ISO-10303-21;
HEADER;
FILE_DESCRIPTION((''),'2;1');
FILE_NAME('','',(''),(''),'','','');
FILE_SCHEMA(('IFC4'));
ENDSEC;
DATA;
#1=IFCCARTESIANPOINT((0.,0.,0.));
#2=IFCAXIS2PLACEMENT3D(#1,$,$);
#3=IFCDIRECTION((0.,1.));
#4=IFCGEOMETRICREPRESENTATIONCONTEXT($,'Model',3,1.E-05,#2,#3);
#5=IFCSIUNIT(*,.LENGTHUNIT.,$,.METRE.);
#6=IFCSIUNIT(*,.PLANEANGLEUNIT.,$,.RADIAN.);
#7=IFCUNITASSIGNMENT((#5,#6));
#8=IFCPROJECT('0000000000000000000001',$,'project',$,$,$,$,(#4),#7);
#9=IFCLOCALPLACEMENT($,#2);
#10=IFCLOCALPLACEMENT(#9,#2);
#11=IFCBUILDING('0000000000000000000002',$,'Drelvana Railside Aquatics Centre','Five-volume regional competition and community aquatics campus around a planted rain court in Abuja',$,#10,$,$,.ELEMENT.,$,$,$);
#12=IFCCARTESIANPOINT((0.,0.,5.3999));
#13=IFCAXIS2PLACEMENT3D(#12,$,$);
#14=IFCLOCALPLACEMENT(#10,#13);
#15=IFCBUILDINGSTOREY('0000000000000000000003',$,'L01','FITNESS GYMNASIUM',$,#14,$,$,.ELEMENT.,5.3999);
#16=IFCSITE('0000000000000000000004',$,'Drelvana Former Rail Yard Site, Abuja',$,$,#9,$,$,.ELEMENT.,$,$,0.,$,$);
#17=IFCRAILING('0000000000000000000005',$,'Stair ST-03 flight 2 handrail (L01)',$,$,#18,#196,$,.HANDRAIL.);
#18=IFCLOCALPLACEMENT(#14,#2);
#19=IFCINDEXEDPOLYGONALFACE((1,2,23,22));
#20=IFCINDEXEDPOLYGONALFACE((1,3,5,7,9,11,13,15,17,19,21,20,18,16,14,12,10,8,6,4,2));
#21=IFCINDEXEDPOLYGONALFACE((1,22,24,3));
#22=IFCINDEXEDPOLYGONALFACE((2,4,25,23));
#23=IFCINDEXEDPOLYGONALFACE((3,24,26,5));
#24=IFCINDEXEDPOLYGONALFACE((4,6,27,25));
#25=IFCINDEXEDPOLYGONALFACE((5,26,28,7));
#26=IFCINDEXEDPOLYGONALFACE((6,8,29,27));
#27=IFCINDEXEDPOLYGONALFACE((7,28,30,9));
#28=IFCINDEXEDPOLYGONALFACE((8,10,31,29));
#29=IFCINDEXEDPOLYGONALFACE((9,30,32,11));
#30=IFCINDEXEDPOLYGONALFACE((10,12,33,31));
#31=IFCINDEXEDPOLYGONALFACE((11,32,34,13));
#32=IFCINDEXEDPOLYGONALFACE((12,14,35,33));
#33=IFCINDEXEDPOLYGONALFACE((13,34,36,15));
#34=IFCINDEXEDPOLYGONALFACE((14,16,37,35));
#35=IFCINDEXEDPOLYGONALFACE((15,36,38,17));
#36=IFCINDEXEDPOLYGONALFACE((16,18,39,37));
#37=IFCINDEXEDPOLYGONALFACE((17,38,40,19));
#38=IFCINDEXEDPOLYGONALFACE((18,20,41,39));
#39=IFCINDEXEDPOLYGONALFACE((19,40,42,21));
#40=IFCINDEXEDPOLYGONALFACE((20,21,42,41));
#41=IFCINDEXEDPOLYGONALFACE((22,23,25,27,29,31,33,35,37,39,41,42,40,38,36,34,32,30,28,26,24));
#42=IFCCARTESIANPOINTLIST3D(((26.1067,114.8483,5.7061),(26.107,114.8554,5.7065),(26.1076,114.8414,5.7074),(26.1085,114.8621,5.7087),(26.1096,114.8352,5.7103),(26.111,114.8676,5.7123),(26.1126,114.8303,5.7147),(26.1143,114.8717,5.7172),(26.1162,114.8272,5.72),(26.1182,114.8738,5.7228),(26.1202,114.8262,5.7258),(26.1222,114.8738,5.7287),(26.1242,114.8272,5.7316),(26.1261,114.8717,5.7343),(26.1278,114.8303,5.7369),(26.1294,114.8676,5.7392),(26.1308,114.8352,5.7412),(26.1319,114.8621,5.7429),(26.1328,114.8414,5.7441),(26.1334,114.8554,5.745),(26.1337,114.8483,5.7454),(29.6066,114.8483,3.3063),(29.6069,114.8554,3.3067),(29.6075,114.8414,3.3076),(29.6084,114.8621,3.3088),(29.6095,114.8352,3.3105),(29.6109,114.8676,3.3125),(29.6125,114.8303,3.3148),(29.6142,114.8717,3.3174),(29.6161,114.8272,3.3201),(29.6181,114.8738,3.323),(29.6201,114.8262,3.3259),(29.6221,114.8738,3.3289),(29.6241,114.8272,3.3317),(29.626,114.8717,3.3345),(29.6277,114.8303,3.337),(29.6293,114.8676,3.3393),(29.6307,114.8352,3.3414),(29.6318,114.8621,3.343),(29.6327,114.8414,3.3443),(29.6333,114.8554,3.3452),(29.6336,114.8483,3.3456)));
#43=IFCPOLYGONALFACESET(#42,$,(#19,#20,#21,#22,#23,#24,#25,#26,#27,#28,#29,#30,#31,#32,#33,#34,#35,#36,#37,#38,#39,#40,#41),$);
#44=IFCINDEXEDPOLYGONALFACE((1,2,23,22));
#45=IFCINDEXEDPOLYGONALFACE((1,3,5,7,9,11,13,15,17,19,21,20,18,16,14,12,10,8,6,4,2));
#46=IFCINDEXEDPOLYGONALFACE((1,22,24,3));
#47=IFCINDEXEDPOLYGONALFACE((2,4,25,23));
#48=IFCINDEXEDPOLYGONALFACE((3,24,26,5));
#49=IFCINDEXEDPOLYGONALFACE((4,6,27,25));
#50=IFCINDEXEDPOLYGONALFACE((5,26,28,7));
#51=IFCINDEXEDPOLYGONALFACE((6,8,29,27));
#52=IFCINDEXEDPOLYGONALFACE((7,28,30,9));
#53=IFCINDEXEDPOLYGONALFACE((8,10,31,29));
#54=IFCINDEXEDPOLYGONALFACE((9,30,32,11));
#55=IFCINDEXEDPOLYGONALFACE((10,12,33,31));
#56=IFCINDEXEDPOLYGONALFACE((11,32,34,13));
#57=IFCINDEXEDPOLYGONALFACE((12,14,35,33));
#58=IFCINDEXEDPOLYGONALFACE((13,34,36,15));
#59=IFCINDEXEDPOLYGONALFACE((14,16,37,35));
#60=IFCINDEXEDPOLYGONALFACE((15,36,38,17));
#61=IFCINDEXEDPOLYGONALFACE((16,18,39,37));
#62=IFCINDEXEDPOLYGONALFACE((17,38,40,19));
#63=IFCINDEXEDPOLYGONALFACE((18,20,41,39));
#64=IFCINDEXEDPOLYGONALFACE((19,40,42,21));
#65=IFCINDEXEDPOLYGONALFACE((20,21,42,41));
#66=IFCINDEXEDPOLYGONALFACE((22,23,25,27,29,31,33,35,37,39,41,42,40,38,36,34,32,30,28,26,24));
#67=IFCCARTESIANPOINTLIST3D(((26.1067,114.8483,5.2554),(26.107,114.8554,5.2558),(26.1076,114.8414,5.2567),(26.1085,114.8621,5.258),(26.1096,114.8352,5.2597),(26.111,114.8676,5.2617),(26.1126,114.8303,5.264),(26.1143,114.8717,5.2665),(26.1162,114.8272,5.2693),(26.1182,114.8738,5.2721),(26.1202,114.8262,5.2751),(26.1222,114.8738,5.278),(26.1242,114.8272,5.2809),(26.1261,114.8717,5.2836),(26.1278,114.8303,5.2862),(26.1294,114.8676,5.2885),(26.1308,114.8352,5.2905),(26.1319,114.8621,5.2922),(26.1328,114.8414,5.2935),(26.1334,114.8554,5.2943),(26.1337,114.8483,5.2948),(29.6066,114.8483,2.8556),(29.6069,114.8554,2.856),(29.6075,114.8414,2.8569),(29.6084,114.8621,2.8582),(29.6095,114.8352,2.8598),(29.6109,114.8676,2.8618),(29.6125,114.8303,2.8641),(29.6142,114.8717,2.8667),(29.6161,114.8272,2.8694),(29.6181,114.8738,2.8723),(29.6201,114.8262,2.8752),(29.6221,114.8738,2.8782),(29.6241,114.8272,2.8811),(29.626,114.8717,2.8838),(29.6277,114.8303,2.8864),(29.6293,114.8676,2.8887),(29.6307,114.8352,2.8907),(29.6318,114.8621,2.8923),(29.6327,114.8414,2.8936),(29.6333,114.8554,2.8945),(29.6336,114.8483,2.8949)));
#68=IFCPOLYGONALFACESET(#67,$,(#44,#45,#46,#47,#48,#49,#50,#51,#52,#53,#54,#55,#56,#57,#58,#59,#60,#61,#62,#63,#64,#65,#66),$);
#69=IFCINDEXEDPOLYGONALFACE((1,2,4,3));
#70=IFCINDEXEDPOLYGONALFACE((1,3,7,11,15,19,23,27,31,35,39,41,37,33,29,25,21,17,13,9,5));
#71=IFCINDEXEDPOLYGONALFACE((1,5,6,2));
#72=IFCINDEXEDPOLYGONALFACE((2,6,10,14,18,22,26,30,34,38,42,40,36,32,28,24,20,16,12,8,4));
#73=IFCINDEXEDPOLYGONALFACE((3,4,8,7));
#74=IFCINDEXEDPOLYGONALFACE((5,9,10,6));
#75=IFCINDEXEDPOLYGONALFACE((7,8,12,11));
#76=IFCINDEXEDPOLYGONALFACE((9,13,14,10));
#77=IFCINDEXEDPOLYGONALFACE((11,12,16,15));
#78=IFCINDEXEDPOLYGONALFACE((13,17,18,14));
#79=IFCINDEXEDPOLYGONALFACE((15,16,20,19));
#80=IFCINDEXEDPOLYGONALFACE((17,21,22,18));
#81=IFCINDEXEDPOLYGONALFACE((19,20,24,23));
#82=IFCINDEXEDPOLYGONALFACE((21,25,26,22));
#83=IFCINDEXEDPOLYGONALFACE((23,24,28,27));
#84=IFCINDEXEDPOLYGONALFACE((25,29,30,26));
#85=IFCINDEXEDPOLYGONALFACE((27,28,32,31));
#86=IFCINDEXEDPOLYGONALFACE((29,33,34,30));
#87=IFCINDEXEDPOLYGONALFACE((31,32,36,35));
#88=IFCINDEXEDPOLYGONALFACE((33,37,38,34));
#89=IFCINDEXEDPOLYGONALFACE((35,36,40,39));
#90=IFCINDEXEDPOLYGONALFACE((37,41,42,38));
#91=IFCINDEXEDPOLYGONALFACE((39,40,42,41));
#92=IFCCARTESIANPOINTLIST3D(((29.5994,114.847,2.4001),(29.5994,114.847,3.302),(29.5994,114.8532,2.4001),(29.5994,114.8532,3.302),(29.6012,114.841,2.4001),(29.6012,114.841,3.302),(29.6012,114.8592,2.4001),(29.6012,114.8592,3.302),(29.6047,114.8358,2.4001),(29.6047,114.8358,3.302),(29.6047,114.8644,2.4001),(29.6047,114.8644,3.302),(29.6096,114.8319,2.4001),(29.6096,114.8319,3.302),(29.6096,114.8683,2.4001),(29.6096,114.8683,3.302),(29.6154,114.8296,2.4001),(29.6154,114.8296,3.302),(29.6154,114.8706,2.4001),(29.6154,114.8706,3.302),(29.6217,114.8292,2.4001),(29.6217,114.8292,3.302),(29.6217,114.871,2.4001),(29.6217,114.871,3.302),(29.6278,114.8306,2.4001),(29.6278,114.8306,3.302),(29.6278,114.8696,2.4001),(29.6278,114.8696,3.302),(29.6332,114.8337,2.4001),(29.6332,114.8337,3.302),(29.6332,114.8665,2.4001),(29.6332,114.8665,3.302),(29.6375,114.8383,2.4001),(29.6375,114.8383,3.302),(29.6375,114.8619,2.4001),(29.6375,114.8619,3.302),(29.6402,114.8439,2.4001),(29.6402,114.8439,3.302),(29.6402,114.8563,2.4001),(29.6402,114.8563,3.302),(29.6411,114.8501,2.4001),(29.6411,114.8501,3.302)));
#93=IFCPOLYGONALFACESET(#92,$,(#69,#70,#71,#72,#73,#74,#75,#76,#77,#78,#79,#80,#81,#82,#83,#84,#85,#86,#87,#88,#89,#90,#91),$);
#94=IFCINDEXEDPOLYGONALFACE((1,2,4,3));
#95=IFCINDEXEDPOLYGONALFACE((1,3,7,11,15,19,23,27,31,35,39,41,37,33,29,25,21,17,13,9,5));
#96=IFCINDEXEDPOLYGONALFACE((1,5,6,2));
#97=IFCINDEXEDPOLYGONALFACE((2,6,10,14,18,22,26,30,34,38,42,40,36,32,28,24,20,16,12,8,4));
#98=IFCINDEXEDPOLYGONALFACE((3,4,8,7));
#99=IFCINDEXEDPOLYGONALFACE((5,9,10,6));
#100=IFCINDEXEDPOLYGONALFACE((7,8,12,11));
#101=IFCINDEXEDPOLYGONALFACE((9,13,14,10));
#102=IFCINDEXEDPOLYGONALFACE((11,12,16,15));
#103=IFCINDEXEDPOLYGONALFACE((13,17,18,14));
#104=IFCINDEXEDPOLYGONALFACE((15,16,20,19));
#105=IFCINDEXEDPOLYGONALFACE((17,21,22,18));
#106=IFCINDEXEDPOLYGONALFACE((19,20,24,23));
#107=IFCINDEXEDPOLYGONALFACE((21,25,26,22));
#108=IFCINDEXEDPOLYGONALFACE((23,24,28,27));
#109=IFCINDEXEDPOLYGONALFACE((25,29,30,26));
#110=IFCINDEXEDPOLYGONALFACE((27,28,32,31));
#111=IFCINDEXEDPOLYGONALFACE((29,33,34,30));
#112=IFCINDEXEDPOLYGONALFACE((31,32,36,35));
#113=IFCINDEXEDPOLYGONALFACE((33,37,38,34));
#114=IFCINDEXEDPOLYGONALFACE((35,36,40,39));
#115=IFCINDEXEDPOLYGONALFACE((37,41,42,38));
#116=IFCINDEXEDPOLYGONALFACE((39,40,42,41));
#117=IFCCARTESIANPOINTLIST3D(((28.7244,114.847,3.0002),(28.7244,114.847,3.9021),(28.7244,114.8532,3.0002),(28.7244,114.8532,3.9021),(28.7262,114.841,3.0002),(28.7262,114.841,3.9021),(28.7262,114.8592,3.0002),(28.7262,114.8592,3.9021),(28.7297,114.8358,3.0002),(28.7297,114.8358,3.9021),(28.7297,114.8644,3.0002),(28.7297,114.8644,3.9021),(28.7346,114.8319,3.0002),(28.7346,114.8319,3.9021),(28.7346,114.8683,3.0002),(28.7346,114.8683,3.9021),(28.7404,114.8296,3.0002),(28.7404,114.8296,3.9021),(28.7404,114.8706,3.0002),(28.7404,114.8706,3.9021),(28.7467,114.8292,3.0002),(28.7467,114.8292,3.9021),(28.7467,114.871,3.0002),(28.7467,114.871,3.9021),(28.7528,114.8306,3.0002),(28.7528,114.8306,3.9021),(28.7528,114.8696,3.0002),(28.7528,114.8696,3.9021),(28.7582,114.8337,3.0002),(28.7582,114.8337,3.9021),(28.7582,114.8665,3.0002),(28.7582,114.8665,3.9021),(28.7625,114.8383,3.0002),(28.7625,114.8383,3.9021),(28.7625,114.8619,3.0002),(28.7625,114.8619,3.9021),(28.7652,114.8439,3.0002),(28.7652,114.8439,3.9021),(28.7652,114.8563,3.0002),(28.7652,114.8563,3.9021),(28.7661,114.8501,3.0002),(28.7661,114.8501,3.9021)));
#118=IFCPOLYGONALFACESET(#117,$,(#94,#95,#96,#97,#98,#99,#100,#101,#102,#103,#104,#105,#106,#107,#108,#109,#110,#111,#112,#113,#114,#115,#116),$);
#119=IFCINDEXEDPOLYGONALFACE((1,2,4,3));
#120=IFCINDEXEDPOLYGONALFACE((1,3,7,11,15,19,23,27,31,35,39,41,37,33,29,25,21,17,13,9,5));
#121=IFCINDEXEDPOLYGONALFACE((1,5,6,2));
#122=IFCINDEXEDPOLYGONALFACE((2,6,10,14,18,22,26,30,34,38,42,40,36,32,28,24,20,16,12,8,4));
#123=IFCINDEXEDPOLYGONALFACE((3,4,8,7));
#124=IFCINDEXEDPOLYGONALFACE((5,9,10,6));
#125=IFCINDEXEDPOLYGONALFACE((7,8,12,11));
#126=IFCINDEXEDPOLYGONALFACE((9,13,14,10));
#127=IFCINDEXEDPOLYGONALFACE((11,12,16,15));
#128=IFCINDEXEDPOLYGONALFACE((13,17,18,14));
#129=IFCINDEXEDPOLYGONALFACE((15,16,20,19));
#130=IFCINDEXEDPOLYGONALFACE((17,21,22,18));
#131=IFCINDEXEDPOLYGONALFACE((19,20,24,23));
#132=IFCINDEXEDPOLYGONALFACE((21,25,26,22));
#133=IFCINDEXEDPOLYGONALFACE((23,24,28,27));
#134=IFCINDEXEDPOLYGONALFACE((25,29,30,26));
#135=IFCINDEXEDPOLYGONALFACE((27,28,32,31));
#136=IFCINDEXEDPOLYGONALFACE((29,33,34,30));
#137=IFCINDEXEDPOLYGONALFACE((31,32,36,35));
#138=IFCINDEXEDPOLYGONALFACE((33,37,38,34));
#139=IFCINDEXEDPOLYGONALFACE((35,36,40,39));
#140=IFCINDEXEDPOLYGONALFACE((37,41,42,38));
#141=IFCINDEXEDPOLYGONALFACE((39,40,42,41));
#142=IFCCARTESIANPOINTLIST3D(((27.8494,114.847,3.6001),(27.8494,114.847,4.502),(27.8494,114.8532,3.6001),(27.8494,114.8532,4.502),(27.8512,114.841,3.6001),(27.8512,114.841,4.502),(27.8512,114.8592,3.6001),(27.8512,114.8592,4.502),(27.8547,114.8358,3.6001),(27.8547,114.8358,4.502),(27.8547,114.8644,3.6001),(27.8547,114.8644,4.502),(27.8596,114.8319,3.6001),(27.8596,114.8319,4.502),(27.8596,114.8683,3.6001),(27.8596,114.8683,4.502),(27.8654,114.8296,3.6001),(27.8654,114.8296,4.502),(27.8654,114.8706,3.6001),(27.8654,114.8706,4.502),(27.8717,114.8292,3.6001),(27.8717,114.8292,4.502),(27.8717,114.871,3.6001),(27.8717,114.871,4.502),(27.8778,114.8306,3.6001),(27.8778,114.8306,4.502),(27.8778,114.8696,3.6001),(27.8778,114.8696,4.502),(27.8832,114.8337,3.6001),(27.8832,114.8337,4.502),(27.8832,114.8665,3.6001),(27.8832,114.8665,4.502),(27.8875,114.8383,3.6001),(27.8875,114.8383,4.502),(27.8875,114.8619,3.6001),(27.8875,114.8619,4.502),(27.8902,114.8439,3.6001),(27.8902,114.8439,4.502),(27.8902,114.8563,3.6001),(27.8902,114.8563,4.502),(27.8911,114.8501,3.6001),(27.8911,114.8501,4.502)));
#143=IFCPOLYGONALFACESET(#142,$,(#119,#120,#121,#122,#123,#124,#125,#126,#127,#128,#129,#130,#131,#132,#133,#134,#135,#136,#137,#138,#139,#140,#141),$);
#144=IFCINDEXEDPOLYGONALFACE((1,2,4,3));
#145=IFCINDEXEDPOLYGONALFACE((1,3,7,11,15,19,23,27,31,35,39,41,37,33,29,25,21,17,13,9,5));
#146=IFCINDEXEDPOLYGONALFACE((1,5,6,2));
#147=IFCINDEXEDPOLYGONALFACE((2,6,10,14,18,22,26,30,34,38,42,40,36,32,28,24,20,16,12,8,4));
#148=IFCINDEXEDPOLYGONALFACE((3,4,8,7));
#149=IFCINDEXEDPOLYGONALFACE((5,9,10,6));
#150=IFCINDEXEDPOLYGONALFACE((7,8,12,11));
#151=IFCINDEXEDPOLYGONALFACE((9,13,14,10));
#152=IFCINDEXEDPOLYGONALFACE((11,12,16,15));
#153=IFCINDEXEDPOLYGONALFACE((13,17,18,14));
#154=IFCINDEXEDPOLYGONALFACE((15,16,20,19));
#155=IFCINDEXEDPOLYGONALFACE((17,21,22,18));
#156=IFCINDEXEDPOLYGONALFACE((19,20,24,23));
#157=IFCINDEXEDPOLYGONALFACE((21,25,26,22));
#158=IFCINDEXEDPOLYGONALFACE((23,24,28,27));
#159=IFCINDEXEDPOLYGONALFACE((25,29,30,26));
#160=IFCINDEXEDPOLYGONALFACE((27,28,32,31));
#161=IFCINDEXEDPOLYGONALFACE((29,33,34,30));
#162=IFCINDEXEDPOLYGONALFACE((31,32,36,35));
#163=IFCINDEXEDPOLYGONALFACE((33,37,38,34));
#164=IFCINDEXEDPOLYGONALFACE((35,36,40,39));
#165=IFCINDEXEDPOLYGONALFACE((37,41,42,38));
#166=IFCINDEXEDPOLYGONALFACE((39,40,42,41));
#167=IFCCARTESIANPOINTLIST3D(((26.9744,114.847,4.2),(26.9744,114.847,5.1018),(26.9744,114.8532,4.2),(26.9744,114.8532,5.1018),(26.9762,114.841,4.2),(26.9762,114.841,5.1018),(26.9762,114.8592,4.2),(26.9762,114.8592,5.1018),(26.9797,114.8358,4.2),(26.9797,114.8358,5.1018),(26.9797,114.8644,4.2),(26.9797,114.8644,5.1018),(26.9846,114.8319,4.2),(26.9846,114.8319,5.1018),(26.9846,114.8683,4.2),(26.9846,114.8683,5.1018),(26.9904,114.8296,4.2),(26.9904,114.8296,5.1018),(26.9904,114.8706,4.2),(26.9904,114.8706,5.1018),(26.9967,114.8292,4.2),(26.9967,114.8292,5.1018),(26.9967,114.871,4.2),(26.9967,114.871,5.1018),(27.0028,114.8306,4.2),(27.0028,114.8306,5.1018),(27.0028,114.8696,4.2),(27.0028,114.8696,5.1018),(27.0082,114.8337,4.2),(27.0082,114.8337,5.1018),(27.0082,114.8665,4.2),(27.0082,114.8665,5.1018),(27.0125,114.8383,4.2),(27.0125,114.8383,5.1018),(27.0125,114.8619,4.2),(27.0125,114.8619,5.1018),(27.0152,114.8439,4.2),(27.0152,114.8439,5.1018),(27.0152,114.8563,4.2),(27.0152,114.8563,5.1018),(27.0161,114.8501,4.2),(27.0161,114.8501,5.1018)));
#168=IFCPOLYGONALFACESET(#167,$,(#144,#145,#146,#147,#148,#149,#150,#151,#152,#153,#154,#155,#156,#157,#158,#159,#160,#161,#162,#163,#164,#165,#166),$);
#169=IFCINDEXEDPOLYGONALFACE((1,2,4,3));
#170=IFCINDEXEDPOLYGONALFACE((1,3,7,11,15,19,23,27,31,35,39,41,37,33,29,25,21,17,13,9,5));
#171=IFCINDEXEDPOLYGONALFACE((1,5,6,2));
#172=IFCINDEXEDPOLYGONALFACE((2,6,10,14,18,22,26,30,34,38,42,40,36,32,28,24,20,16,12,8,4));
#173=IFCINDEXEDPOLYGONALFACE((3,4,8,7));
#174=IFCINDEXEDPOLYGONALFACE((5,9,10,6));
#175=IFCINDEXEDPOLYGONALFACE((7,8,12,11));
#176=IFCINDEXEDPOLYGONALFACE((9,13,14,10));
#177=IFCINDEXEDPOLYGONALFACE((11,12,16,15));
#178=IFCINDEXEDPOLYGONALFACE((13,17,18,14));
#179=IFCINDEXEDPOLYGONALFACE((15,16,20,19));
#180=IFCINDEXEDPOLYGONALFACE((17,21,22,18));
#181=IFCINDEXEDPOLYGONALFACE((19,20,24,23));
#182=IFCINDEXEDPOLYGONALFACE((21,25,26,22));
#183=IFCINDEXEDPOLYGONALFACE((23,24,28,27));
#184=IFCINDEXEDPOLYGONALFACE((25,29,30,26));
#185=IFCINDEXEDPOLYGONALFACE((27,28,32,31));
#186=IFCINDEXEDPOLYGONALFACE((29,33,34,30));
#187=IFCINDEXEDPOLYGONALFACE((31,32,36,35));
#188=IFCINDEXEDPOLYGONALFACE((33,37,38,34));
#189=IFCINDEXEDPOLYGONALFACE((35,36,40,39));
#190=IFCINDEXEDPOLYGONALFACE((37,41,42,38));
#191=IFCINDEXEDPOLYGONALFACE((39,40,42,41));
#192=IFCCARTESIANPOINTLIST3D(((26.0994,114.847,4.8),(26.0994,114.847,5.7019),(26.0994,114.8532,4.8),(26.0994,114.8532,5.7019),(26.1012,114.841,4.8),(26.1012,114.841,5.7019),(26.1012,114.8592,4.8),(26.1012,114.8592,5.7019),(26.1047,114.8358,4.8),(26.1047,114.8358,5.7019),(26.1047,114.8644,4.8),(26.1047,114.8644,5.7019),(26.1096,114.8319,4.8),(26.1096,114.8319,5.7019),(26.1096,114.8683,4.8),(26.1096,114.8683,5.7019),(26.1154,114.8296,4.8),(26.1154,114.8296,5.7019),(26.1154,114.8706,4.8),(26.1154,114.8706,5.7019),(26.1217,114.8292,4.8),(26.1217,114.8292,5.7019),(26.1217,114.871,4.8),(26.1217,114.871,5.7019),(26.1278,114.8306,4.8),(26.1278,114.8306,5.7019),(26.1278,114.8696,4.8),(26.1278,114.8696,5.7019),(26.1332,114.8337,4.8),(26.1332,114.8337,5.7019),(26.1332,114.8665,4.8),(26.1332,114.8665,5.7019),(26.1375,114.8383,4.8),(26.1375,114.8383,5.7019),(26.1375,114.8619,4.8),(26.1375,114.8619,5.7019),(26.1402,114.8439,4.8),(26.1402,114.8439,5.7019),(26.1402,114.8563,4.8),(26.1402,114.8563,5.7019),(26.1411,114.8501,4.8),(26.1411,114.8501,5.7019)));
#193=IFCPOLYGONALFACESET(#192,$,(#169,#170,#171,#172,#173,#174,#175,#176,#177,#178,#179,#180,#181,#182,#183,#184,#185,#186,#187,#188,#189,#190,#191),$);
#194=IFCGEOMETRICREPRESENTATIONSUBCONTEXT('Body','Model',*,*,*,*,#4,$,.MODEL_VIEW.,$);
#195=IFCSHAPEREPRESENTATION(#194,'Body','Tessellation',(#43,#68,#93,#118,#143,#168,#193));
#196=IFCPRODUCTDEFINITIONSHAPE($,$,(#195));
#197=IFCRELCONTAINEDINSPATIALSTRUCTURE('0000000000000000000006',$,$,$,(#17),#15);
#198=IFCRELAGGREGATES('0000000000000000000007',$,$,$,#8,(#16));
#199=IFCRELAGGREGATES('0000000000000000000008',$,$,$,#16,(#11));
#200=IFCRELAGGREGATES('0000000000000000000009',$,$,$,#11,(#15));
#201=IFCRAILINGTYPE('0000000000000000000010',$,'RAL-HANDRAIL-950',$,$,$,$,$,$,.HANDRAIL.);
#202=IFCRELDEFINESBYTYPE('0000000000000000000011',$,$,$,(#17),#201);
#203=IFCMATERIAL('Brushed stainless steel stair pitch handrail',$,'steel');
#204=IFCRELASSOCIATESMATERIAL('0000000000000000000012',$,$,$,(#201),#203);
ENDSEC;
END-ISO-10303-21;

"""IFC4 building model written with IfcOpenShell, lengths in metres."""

from ifc_helpers import new_model, si_unit, direction, frame, origin, origin_2d, place, context, subcontext, project, spatial, circle, extrude, material, type_object, element, save


model = new_model("IFC4")

# Units and contexts
model_context = context("Model", 3, precision=1e-05, world=origin(), true_north=direction((0.0, 1.0)))
body_context = subcontext(model_context, "Body", "Model", "MODEL_VIEW")
ifc_project = project(units=[si_unit("LENGTHUNIT", "METRE"), si_unit("PLANEANGLEUNIT", "RADIAN")], contexts=[model_context])

# Site, building, storey
site_placement = place(None, origin())
site = spatial("IfcSite", under=ifc_project, at=site_placement, Name="Drelvana Former Rail Yard Site, Abuja", CompositionType="ELEMENT", RefElevation=0.0)
building_placement = place(site_placement, origin())
building = spatial("IfcBuilding", under=site, at=building_placement, Name="Drelvana Railside Aquatics Centre", Description="Five-volume regional competition and community aquatics campus around a planted rain court in Abuja", CompositionType="ELEMENT")
storey_placement = place(building_placement, frame((0.0, 0.0, 5.3999)))
storey = spatial("IfcBuildingStorey", under=building, at=storey_placement, Name="L01", Description="FITNESS GYMNASIUM", CompositionType="ELEMENT", Elevation=5.3999)

# Railing
ifc_material_1 = material(Name="Brushed stainless steel stair pitch handrail", Category="steel")
railing_type = type_object("IfcRailingType", Name="RAL-HANDRAIL-950", PredefinedType="HANDRAIL", material=ifc_material_1)
railing_1_placement = place(storey_placement, frame((29.6201, 114.8501, 2.4001)))
element("IfcRailing", 1, at=railing_1_placement, inside=storey, type_object=railing_type, Name="Stair ST-03 flight 2 handrail (L01)", PredefinedType="HANDRAIL", context=body_context, shape_type="SweptSolid", body=[
    extrude(circle(Radius=0.0239, at=origin_2d()), frame((0.0, 0.0, 0.9258), z_axis=(-0.82474, 0.0, 0.565513), x_axis=(0.0, -1.0, 0.0)), (0.0, 0.0, 1.0), 4.2437),
    extrude(circle(Radius=0.0239, at=origin_2d()), frame((0.0, 0.0, 0.4751), z_axis=(-0.82474, 0.0, 0.565513), x_axis=(0.0, -1.0, 0.0)), (0.0, 0.0, 1.0), 4.2437),
    extrude(circle(Radius=0.021, at=origin_2d()), origin(), (0.0, 0.0, 1.0), 0.9019),
    extrude(circle(Radius=0.021, at=origin_2d()), frame((-0.875, 0.0, 0.6001)), (0.0, 0.0, 1.0), 0.9019),
    extrude(circle(Radius=0.021, at=origin_2d()), frame((-1.75, 0.0, 1.2)), (0.0, 0.0, 1.0), 0.9019),
    extrude(circle(Radius=0.021, at=origin_2d()), frame((-2.625, 0.0, 1.7998)), (0.0, 0.0, 1.0), 0.9019),
    extrude(circle(Radius=0.021, at=origin_2d()), frame((-3.5, 0.0, 2.3999)), (0.0, 0.0, 1.0), 0.9019),
])

save(model, "model.ifc")
